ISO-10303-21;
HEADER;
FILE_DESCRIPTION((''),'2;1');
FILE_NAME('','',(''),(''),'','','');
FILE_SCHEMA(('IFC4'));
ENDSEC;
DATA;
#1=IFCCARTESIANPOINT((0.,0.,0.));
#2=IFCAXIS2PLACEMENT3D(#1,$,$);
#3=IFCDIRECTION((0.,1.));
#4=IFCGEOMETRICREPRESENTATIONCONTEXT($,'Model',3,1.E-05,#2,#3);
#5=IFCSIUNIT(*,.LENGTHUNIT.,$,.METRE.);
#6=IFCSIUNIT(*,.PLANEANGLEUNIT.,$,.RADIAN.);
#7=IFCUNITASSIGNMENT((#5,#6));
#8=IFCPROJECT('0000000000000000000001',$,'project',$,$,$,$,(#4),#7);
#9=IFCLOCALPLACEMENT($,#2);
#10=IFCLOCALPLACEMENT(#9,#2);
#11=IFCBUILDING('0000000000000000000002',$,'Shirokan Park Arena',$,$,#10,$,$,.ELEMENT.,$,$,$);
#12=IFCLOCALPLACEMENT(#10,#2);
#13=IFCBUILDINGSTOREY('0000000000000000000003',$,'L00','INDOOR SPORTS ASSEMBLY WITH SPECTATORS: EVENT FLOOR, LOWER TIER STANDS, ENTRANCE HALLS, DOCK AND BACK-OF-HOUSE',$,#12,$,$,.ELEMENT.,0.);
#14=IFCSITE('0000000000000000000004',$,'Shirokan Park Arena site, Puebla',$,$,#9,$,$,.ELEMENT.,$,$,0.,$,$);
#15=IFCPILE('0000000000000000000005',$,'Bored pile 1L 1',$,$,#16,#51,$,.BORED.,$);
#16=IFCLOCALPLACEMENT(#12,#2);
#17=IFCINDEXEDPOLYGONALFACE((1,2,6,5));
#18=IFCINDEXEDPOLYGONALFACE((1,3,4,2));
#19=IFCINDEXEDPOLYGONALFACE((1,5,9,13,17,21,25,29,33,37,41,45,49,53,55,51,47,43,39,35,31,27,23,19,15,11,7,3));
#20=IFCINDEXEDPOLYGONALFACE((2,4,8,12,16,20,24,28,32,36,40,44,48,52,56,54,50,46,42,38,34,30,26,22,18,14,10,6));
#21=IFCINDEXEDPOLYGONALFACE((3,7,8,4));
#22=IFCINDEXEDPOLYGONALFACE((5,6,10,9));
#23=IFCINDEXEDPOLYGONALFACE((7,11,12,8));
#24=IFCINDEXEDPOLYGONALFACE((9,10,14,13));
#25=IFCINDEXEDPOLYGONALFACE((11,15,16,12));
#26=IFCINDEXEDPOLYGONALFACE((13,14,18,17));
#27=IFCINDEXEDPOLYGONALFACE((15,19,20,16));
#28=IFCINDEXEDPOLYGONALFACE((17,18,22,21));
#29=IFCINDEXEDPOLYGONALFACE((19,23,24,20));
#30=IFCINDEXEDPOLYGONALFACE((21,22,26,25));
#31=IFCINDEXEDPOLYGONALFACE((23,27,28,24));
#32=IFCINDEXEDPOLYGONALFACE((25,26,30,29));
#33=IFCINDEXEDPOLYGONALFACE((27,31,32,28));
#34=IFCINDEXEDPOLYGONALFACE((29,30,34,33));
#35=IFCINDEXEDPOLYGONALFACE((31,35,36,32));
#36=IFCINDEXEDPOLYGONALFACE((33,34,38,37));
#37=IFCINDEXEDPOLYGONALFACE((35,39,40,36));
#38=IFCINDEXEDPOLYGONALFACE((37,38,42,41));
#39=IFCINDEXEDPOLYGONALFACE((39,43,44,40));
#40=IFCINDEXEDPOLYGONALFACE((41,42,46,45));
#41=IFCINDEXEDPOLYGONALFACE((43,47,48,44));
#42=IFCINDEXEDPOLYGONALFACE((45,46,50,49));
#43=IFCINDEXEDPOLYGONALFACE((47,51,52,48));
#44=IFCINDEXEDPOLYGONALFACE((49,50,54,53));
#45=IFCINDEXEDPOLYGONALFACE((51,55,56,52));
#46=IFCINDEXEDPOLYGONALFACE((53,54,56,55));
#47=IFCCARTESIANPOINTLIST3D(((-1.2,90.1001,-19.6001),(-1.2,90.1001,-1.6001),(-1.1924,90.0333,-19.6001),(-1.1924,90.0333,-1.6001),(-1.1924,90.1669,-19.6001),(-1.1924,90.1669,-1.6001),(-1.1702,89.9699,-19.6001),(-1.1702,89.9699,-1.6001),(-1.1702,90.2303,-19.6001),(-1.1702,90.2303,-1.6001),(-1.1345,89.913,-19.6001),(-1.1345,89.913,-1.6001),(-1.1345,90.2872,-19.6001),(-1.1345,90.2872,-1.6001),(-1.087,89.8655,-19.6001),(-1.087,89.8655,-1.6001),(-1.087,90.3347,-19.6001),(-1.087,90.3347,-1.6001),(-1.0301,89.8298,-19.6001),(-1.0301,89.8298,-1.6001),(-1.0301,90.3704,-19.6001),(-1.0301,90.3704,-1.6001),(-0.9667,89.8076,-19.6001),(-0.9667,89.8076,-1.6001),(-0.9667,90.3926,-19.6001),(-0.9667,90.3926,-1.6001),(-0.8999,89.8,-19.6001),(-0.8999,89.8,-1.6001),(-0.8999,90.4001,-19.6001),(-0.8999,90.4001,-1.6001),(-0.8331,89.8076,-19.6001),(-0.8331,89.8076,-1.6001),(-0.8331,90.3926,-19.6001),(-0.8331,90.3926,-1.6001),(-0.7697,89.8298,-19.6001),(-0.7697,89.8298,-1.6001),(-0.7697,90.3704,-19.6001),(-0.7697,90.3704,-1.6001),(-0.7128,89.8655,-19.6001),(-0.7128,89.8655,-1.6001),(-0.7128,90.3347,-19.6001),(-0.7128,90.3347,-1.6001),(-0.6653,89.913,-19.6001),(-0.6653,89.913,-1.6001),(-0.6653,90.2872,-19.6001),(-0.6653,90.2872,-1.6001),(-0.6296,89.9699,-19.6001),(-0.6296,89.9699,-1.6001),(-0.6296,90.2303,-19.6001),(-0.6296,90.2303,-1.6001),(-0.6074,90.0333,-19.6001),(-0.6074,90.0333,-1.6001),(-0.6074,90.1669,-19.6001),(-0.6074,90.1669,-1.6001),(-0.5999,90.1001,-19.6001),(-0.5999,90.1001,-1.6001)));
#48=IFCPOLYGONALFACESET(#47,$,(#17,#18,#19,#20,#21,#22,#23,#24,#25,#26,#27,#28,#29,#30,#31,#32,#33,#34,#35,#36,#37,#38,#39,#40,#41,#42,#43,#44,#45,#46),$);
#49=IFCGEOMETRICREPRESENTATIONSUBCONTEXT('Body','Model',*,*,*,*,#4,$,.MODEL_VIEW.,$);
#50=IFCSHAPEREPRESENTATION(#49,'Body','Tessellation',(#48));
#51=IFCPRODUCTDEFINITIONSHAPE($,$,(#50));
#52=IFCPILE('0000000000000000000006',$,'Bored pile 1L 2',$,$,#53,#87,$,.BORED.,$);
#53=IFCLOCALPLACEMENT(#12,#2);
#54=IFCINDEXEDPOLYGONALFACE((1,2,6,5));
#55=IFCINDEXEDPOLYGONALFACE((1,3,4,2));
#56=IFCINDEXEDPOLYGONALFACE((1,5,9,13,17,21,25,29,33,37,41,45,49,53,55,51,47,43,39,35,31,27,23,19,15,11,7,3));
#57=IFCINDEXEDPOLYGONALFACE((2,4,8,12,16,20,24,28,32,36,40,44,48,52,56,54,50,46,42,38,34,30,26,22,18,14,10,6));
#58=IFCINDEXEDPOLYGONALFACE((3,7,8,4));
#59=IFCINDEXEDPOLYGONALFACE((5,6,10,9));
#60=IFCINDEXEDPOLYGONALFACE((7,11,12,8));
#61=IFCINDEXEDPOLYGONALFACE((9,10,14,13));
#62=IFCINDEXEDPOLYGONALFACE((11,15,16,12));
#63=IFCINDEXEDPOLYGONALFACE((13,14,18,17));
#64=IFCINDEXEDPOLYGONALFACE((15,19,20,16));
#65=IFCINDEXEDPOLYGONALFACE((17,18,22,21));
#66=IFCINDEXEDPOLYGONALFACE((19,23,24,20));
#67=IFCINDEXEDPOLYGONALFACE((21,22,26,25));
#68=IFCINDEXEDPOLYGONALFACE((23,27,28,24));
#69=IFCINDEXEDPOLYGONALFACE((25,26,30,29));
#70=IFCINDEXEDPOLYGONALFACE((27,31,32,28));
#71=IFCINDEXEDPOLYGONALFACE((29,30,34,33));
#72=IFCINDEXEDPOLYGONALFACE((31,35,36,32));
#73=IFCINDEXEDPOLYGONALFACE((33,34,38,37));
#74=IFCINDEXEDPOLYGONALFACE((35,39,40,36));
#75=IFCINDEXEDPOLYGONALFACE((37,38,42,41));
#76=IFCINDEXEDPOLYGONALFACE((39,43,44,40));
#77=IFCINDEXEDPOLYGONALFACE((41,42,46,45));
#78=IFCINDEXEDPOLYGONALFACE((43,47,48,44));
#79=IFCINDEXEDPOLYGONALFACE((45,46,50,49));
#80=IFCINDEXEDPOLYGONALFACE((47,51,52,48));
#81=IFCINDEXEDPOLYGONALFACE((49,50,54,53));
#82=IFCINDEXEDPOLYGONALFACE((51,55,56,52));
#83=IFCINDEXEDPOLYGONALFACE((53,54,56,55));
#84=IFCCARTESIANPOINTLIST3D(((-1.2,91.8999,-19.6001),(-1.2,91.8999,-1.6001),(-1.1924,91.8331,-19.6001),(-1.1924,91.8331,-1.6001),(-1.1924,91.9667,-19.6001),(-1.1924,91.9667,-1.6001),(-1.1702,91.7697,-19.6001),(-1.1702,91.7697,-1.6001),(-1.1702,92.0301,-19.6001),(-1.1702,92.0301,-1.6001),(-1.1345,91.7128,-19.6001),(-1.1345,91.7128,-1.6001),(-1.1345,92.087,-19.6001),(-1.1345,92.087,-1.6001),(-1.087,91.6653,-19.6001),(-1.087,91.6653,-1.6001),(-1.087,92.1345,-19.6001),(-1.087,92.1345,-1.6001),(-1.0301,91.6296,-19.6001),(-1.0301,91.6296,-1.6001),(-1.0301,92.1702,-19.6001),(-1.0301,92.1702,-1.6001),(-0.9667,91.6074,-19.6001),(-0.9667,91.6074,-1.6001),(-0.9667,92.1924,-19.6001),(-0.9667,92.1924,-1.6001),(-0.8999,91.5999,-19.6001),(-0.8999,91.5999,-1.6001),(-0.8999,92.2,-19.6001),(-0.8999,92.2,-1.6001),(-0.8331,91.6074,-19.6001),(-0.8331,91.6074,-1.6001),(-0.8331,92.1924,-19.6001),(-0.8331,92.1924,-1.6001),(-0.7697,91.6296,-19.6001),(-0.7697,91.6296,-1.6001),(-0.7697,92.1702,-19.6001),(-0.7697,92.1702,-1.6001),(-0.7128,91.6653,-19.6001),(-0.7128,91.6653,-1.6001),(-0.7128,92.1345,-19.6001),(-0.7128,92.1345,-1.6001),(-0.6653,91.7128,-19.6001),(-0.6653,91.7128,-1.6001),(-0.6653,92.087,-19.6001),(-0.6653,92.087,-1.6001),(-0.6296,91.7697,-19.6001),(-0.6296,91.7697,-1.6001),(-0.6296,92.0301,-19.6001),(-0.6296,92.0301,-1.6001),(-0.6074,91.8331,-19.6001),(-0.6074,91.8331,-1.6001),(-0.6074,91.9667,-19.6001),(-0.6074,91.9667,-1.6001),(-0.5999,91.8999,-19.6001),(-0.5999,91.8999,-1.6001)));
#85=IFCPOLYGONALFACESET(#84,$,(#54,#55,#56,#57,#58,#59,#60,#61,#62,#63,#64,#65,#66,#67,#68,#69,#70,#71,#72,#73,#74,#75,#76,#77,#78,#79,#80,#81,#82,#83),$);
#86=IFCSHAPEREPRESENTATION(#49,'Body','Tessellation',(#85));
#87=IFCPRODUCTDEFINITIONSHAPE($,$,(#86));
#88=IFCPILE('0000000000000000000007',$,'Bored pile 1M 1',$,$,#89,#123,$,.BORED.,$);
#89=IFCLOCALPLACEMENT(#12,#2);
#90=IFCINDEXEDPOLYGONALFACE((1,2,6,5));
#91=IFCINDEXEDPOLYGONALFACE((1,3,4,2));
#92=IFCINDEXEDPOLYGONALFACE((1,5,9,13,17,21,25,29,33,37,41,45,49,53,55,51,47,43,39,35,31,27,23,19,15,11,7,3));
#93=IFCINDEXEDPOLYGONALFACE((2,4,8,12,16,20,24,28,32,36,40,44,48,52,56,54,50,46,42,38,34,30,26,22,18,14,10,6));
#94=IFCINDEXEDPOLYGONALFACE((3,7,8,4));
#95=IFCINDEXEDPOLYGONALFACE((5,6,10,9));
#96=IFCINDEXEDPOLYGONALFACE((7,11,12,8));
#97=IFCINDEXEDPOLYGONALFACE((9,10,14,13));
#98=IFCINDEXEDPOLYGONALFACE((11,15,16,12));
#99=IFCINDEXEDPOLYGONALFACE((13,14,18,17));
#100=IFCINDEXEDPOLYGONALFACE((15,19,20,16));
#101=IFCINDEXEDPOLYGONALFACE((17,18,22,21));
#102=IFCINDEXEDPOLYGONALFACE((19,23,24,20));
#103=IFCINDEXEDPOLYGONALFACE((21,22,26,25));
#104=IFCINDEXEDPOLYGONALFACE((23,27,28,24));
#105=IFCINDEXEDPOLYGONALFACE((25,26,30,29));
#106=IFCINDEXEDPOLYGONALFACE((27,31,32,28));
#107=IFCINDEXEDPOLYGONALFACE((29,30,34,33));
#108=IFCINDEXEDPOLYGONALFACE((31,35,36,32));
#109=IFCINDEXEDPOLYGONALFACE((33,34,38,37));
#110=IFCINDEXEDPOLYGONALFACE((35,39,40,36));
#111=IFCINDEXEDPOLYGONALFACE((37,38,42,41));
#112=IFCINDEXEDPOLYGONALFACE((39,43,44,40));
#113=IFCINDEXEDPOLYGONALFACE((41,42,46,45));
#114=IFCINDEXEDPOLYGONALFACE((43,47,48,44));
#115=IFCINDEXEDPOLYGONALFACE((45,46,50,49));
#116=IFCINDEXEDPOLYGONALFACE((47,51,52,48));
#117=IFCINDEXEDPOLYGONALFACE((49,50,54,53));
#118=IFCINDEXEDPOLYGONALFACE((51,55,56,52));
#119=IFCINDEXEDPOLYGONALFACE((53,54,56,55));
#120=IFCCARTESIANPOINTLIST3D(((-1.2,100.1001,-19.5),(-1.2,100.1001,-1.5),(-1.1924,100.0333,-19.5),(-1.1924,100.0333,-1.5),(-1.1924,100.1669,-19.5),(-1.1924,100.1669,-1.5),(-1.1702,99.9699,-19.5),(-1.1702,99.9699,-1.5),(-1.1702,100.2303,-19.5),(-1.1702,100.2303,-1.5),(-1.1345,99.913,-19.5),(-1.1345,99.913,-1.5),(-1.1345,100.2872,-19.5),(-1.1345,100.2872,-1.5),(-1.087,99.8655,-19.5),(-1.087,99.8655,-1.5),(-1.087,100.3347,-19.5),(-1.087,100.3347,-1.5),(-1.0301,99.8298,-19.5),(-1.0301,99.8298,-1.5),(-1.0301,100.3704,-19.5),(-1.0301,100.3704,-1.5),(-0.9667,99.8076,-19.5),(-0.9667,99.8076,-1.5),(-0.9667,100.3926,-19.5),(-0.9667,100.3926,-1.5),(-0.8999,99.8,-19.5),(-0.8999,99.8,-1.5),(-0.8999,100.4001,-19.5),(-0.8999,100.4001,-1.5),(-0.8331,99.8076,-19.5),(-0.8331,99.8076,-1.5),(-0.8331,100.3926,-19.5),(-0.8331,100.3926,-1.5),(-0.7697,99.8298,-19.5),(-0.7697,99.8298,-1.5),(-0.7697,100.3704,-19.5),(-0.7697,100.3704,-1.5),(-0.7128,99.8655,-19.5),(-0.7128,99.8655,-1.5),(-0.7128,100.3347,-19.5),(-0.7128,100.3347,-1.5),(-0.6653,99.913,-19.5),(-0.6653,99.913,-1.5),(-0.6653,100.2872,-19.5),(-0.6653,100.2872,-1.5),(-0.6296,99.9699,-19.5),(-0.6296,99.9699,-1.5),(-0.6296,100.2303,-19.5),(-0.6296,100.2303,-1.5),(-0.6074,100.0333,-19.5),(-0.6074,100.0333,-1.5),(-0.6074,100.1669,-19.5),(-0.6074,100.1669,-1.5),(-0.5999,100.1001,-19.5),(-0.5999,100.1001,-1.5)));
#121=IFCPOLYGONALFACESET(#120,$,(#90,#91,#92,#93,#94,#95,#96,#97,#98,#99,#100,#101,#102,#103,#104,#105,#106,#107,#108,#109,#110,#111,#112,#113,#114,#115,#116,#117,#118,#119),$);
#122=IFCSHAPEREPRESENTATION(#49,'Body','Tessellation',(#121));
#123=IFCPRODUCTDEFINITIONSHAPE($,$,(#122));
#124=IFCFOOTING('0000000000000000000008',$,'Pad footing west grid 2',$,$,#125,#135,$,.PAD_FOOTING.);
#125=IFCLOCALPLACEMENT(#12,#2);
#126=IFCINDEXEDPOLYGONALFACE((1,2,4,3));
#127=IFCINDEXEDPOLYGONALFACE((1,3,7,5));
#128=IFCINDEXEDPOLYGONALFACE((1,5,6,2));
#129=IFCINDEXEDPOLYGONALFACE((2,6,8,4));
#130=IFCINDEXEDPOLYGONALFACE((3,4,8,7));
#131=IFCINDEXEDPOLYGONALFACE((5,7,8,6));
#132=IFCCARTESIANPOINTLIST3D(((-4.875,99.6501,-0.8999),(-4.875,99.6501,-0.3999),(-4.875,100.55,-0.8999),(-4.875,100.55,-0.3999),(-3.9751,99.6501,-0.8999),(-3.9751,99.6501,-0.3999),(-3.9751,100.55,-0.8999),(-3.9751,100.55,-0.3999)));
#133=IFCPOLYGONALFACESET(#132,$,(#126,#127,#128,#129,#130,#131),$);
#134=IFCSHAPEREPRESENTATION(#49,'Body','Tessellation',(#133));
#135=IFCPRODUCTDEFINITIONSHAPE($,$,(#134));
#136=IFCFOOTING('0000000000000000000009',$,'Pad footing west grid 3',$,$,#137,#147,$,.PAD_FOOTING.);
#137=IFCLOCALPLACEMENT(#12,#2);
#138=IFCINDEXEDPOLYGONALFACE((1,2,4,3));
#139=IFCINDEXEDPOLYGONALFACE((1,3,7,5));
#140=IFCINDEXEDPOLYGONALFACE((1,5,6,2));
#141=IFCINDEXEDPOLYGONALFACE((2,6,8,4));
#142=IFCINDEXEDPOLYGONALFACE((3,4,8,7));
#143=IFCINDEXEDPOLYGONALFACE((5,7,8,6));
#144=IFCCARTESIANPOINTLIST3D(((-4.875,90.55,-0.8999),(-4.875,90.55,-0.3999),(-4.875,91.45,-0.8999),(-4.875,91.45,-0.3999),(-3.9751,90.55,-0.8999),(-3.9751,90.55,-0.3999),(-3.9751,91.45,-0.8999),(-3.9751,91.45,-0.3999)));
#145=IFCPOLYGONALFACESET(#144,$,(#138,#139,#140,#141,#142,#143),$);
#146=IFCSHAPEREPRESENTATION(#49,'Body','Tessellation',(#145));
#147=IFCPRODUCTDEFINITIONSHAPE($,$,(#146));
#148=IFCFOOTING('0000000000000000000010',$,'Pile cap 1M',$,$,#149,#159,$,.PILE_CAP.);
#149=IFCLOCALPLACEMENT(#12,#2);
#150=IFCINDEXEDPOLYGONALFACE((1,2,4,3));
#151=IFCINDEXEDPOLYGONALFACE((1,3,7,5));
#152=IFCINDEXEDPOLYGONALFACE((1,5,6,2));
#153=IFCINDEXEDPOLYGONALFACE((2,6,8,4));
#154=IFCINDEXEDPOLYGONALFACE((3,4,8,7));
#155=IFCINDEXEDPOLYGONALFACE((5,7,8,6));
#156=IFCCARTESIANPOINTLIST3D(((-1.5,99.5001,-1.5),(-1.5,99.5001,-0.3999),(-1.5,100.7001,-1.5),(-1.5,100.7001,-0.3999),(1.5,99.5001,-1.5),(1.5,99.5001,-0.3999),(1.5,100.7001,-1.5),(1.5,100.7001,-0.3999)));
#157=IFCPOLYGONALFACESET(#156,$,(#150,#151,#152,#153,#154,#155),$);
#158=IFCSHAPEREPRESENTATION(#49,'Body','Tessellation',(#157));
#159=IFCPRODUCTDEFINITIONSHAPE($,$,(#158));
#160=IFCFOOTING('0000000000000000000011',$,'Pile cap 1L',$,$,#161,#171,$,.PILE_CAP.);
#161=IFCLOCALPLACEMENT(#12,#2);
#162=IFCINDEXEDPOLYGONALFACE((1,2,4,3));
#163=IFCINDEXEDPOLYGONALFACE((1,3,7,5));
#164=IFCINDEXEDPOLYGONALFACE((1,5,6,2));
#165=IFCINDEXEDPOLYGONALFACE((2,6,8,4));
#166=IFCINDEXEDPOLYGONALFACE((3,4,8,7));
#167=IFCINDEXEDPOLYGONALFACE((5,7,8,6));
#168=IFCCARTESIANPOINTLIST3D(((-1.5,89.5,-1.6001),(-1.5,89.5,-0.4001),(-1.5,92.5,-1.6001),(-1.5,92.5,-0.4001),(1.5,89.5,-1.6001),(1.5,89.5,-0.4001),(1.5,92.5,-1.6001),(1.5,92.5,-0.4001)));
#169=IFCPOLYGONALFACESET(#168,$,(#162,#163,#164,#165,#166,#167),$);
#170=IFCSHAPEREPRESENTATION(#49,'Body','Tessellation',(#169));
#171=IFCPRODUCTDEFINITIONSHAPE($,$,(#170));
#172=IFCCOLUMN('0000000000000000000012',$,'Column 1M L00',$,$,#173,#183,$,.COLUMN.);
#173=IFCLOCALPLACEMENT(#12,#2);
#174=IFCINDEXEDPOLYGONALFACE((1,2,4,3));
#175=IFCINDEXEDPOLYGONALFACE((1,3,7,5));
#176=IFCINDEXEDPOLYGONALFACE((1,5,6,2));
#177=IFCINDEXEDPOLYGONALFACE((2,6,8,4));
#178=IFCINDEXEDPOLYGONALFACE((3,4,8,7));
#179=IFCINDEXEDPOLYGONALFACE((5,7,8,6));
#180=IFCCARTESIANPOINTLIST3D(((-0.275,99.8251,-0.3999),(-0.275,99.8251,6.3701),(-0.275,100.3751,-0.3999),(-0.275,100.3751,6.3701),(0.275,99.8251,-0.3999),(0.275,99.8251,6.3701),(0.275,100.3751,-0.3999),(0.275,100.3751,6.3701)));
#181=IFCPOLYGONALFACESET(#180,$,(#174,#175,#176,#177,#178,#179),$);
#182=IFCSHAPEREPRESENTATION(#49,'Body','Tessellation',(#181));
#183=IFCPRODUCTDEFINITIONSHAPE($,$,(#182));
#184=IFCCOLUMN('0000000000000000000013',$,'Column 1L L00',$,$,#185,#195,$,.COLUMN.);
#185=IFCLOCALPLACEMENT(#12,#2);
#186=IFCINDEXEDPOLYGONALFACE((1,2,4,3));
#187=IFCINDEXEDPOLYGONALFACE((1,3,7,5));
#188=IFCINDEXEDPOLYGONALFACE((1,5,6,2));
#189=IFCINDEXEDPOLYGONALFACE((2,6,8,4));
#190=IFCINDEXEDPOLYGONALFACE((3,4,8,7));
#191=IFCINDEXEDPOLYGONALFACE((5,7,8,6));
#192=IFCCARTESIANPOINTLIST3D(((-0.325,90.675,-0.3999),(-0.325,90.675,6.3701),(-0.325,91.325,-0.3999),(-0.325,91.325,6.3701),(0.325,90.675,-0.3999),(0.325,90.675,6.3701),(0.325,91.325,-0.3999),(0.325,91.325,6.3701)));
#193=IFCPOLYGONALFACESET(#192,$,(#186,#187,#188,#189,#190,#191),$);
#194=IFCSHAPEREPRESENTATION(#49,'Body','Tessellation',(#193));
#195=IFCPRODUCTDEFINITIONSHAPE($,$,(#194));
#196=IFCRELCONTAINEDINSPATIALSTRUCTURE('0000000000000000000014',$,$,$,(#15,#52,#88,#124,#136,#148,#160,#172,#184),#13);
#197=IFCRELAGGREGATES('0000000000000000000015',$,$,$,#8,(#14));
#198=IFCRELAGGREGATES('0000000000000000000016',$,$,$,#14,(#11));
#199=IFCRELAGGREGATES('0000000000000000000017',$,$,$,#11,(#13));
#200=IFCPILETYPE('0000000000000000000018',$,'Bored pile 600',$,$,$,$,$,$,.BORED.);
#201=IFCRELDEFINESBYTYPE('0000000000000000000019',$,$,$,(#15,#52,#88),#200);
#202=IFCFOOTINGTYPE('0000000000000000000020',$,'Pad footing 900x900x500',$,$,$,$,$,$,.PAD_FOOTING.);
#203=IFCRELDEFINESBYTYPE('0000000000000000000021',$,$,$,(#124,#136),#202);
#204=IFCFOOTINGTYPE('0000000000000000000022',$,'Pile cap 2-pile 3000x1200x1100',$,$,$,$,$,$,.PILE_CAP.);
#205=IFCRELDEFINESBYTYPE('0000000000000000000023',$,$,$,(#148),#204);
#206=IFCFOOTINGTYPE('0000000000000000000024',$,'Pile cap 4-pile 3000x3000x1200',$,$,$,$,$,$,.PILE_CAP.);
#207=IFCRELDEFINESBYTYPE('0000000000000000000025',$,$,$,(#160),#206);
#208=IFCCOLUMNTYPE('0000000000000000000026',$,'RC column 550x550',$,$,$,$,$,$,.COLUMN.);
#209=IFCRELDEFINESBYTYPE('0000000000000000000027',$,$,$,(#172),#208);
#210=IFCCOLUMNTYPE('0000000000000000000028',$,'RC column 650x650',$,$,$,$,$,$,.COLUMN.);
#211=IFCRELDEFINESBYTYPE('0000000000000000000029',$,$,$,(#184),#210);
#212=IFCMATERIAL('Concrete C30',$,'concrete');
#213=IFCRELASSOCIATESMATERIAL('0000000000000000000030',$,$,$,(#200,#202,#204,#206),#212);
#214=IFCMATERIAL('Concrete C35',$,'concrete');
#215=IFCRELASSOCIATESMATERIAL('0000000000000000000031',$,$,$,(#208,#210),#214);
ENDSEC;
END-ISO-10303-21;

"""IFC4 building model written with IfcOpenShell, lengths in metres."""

from ifc_helpers import new_model, si_unit, direction, frame, origin, origin_2d, place, context, subcontext, project, spatial, rectangle, circle, extrude, material, material_profile, profile_set, type_object, element, save


model = new_model("IFC4")

# Units and contexts
model_context = context("Model", 3, precision=1e-05, world=origin(), true_north=direction((0.0, 1.0)))
body_context = subcontext(model_context, "Body", "Model", "MODEL_VIEW")
ifc_project = project(units=[si_unit("LENGTHUNIT", "METRE"), si_unit("PLANEANGLEUNIT", "RADIAN")], contexts=[model_context])

# Site, building, storey
site_placement = place(None, origin())
site = spatial("IfcSite", under=ifc_project, at=site_placement, Name="Shirokan Park Arena site, Puebla", CompositionType="ELEMENT", RefElevation=0.0)
building_placement = place(site_placement, origin())
building = spatial("IfcBuilding", under=site, at=building_placement, Name="Shirokan Park Arena", CompositionType="ELEMENT")
storey_placement = place(building_placement, origin())
storey = spatial("IfcBuildingStorey", under=building, at=storey_placement, Name="L00", Description="INDOOR SPORTS ASSEMBLY WITH SPECTATORS: EVENT FLOOR, LOWER TIER STANDS, ENTRANCE HALLS, DOCK AND BACK-OF-HOUSE", CompositionType="ELEMENT", Elevation=0.0)

# Piles
ifc_material_1 = material(Name="Concrete C30", Category="concrete")
ifc_material_profile_1 = material_profile(ifc_material_1, circle(Radius=0.3, at=origin_2d()), Name="D600")
ifc_profile_set_1 = profile_set([ifc_material_profile_1], Name="Concrete C30")
pile_type = type_object("IfcPileType", Name="Bored pile 600", PredefinedType="BORED", material=ifc_profile_set_1)
for number, where, z_axis, x_axis, name in (
    (1, (-0.8999, 90.1001, -1.6001), (0.0, 0.0, -1.0), (1.0, 0.0, 0.0), "Bored pile 1L 1"),
    (2, (-0.8999, 91.8999, -1.6001), (0.0, 0.0, -1.0), (1.0, 0.0, 0.0), "Bored pile 1L 2"),
    (3, (-0.8999, 100.1001, -1.5), (0.0, 0.0, -1.0), (1.0, 0.0, 0.0), "Bored pile 1M 1"),
):
    element("IfcPile", number, at=place(storey_placement, frame(where, z_axis=z_axis, x_axis=x_axis)), inside=storey, type_object=pile_type, Name=name, PredefinedType="BORED", context=body_context, shape_type="SweptSolid", body=[
        extrude(circle(Radius=0.3, at=origin_2d()), origin(), (0.0, 0.0, 1.0), 18.0),
    ])

# Footings
footing_type_1 = type_object("IfcFootingType", Name="Pad footing 900x900x500", PredefinedType="PAD_FOOTING", material=ifc_material_1)
for number, where, z_axis, x_axis, name in (
    (4, (-4.425, 100.1001, -0.8999), (0.0, 0.0, 1.0), (1.0, 0.0, 0.0), "Pad footing west grid 2"),
    (5, (-4.425, 91.0, -0.8999), (0.0, 0.0, 1.0), (1.0, 0.0, 0.0), "Pad footing west grid 3"),
):
    element("IfcFooting", number, at=place(storey_placement, frame(where, z_axis=z_axis, x_axis=x_axis)), inside=storey, type_object=footing_type_1, Name=name, PredefinedType="PAD_FOOTING", context=body_context, shape_type="SweptSolid", body=[
        extrude(rectangle(XDim=0.8999, YDim=0.8999, at=origin_2d()), origin(), (0.0, 0.0, 1.0), 0.5),
    ])
footing_type_2 = type_object("IfcFootingType", Name="Pile cap 2-pile 3000x1200x1100", PredefinedType="PILE_CAP", material=ifc_material_1)
footing_1_placement = place(storey_placement, frame((0.0, 100.1001, -1.5), z_axis=(0.0, 0.0, 1.0), x_axis=(1.0, 0.0, 0.0)))
element("IfcFooting", 6, at=footing_1_placement, inside=storey, type_object=footing_type_2, Name="Pile cap 1M", PredefinedType="PILE_CAP", context=body_context, shape_type="SweptSolid", body=[
    extrude(rectangle(XDim=3.0, YDim=1.2, at=origin_2d()), origin(), (0.0, 0.0, 1.0), 1.1001),
])
footing_type_3 = type_object("IfcFootingType", Name="Pile cap 4-pile 3000x3000x1200", PredefinedType="PILE_CAP", material=ifc_material_1)
footing_2_placement = place(storey_placement, frame((0.0, 91.0, -1.6001), z_axis=(0.0, 0.0, 1.0), x_axis=(1.0, 0.0, 0.0)))
element("IfcFooting", 7, at=footing_2_placement, inside=storey, type_object=footing_type_3, Name="Pile cap 1L", PredefinedType="PILE_CAP", context=body_context, shape_type="SweptSolid", body=[
    extrude(rectangle(XDim=3.0, YDim=3.0, at=origin_2d()), origin(), (0.0, 0.0, 1.0), 1.2),
])

# Columns
ifc_material_2 = material(Name="Concrete C35", Category="concrete")
ifc_material_profile_2 = material_profile(ifc_material_2, rectangle(XDim=0.55, YDim=0.55, at=origin_2d()), Name="550x550")
ifc_profile_set_2 = profile_set([ifc_material_profile_2], Name="Concrete C35")
column_type_1 = type_object("IfcColumnType", Name="RC column 550x550", PredefinedType="COLUMN", material=ifc_profile_set_2)
column_1_placement = place(storey_placement, frame((0.0, 100.1001, -0.3999), z_axis=(0.0, 0.0, 1.0), x_axis=(1.0, 0.0, 0.0)))
element("IfcColumn", 8, at=column_1_placement, inside=storey, type_object=column_type_1, Name="Column 1M L00", PredefinedType="COLUMN", context=body_context, shape_type="SweptSolid", body=[
    extrude(rectangle(XDim=0.55, YDim=0.55, at=origin_2d()), origin(), (0.0, 0.0, 1.0), 6.77),
])
ifc_material_profile_3 = material_profile(ifc_material_2, rectangle(XDim=0.6499, YDim=0.6499, at=origin_2d()), Name="650x650")
ifc_profile_set_3 = profile_set([ifc_material_profile_3], Name="Concrete C35")
column_type_2 = type_object("IfcColumnType", Name="RC column 650x650", PredefinedType="COLUMN", material=ifc_profile_set_3)
column_2_placement = place(storey_placement, frame((0.0, 91.0, -0.3999), z_axis=(0.0, 0.0, 1.0), x_axis=(1.0, 0.0, 0.0)))
element("IfcColumn", 9, at=column_2_placement, inside=storey, type_object=column_type_2, Name="Column 1L L00", PredefinedType="COLUMN", context=body_context, shape_type="SweptSolid", body=[
    extrude(rectangle(XDim=0.6499, YDim=0.6499, at=origin_2d()), origin(), (0.0, 0.0, 1.0), 6.77),
])

save(model, "model.ifc")
